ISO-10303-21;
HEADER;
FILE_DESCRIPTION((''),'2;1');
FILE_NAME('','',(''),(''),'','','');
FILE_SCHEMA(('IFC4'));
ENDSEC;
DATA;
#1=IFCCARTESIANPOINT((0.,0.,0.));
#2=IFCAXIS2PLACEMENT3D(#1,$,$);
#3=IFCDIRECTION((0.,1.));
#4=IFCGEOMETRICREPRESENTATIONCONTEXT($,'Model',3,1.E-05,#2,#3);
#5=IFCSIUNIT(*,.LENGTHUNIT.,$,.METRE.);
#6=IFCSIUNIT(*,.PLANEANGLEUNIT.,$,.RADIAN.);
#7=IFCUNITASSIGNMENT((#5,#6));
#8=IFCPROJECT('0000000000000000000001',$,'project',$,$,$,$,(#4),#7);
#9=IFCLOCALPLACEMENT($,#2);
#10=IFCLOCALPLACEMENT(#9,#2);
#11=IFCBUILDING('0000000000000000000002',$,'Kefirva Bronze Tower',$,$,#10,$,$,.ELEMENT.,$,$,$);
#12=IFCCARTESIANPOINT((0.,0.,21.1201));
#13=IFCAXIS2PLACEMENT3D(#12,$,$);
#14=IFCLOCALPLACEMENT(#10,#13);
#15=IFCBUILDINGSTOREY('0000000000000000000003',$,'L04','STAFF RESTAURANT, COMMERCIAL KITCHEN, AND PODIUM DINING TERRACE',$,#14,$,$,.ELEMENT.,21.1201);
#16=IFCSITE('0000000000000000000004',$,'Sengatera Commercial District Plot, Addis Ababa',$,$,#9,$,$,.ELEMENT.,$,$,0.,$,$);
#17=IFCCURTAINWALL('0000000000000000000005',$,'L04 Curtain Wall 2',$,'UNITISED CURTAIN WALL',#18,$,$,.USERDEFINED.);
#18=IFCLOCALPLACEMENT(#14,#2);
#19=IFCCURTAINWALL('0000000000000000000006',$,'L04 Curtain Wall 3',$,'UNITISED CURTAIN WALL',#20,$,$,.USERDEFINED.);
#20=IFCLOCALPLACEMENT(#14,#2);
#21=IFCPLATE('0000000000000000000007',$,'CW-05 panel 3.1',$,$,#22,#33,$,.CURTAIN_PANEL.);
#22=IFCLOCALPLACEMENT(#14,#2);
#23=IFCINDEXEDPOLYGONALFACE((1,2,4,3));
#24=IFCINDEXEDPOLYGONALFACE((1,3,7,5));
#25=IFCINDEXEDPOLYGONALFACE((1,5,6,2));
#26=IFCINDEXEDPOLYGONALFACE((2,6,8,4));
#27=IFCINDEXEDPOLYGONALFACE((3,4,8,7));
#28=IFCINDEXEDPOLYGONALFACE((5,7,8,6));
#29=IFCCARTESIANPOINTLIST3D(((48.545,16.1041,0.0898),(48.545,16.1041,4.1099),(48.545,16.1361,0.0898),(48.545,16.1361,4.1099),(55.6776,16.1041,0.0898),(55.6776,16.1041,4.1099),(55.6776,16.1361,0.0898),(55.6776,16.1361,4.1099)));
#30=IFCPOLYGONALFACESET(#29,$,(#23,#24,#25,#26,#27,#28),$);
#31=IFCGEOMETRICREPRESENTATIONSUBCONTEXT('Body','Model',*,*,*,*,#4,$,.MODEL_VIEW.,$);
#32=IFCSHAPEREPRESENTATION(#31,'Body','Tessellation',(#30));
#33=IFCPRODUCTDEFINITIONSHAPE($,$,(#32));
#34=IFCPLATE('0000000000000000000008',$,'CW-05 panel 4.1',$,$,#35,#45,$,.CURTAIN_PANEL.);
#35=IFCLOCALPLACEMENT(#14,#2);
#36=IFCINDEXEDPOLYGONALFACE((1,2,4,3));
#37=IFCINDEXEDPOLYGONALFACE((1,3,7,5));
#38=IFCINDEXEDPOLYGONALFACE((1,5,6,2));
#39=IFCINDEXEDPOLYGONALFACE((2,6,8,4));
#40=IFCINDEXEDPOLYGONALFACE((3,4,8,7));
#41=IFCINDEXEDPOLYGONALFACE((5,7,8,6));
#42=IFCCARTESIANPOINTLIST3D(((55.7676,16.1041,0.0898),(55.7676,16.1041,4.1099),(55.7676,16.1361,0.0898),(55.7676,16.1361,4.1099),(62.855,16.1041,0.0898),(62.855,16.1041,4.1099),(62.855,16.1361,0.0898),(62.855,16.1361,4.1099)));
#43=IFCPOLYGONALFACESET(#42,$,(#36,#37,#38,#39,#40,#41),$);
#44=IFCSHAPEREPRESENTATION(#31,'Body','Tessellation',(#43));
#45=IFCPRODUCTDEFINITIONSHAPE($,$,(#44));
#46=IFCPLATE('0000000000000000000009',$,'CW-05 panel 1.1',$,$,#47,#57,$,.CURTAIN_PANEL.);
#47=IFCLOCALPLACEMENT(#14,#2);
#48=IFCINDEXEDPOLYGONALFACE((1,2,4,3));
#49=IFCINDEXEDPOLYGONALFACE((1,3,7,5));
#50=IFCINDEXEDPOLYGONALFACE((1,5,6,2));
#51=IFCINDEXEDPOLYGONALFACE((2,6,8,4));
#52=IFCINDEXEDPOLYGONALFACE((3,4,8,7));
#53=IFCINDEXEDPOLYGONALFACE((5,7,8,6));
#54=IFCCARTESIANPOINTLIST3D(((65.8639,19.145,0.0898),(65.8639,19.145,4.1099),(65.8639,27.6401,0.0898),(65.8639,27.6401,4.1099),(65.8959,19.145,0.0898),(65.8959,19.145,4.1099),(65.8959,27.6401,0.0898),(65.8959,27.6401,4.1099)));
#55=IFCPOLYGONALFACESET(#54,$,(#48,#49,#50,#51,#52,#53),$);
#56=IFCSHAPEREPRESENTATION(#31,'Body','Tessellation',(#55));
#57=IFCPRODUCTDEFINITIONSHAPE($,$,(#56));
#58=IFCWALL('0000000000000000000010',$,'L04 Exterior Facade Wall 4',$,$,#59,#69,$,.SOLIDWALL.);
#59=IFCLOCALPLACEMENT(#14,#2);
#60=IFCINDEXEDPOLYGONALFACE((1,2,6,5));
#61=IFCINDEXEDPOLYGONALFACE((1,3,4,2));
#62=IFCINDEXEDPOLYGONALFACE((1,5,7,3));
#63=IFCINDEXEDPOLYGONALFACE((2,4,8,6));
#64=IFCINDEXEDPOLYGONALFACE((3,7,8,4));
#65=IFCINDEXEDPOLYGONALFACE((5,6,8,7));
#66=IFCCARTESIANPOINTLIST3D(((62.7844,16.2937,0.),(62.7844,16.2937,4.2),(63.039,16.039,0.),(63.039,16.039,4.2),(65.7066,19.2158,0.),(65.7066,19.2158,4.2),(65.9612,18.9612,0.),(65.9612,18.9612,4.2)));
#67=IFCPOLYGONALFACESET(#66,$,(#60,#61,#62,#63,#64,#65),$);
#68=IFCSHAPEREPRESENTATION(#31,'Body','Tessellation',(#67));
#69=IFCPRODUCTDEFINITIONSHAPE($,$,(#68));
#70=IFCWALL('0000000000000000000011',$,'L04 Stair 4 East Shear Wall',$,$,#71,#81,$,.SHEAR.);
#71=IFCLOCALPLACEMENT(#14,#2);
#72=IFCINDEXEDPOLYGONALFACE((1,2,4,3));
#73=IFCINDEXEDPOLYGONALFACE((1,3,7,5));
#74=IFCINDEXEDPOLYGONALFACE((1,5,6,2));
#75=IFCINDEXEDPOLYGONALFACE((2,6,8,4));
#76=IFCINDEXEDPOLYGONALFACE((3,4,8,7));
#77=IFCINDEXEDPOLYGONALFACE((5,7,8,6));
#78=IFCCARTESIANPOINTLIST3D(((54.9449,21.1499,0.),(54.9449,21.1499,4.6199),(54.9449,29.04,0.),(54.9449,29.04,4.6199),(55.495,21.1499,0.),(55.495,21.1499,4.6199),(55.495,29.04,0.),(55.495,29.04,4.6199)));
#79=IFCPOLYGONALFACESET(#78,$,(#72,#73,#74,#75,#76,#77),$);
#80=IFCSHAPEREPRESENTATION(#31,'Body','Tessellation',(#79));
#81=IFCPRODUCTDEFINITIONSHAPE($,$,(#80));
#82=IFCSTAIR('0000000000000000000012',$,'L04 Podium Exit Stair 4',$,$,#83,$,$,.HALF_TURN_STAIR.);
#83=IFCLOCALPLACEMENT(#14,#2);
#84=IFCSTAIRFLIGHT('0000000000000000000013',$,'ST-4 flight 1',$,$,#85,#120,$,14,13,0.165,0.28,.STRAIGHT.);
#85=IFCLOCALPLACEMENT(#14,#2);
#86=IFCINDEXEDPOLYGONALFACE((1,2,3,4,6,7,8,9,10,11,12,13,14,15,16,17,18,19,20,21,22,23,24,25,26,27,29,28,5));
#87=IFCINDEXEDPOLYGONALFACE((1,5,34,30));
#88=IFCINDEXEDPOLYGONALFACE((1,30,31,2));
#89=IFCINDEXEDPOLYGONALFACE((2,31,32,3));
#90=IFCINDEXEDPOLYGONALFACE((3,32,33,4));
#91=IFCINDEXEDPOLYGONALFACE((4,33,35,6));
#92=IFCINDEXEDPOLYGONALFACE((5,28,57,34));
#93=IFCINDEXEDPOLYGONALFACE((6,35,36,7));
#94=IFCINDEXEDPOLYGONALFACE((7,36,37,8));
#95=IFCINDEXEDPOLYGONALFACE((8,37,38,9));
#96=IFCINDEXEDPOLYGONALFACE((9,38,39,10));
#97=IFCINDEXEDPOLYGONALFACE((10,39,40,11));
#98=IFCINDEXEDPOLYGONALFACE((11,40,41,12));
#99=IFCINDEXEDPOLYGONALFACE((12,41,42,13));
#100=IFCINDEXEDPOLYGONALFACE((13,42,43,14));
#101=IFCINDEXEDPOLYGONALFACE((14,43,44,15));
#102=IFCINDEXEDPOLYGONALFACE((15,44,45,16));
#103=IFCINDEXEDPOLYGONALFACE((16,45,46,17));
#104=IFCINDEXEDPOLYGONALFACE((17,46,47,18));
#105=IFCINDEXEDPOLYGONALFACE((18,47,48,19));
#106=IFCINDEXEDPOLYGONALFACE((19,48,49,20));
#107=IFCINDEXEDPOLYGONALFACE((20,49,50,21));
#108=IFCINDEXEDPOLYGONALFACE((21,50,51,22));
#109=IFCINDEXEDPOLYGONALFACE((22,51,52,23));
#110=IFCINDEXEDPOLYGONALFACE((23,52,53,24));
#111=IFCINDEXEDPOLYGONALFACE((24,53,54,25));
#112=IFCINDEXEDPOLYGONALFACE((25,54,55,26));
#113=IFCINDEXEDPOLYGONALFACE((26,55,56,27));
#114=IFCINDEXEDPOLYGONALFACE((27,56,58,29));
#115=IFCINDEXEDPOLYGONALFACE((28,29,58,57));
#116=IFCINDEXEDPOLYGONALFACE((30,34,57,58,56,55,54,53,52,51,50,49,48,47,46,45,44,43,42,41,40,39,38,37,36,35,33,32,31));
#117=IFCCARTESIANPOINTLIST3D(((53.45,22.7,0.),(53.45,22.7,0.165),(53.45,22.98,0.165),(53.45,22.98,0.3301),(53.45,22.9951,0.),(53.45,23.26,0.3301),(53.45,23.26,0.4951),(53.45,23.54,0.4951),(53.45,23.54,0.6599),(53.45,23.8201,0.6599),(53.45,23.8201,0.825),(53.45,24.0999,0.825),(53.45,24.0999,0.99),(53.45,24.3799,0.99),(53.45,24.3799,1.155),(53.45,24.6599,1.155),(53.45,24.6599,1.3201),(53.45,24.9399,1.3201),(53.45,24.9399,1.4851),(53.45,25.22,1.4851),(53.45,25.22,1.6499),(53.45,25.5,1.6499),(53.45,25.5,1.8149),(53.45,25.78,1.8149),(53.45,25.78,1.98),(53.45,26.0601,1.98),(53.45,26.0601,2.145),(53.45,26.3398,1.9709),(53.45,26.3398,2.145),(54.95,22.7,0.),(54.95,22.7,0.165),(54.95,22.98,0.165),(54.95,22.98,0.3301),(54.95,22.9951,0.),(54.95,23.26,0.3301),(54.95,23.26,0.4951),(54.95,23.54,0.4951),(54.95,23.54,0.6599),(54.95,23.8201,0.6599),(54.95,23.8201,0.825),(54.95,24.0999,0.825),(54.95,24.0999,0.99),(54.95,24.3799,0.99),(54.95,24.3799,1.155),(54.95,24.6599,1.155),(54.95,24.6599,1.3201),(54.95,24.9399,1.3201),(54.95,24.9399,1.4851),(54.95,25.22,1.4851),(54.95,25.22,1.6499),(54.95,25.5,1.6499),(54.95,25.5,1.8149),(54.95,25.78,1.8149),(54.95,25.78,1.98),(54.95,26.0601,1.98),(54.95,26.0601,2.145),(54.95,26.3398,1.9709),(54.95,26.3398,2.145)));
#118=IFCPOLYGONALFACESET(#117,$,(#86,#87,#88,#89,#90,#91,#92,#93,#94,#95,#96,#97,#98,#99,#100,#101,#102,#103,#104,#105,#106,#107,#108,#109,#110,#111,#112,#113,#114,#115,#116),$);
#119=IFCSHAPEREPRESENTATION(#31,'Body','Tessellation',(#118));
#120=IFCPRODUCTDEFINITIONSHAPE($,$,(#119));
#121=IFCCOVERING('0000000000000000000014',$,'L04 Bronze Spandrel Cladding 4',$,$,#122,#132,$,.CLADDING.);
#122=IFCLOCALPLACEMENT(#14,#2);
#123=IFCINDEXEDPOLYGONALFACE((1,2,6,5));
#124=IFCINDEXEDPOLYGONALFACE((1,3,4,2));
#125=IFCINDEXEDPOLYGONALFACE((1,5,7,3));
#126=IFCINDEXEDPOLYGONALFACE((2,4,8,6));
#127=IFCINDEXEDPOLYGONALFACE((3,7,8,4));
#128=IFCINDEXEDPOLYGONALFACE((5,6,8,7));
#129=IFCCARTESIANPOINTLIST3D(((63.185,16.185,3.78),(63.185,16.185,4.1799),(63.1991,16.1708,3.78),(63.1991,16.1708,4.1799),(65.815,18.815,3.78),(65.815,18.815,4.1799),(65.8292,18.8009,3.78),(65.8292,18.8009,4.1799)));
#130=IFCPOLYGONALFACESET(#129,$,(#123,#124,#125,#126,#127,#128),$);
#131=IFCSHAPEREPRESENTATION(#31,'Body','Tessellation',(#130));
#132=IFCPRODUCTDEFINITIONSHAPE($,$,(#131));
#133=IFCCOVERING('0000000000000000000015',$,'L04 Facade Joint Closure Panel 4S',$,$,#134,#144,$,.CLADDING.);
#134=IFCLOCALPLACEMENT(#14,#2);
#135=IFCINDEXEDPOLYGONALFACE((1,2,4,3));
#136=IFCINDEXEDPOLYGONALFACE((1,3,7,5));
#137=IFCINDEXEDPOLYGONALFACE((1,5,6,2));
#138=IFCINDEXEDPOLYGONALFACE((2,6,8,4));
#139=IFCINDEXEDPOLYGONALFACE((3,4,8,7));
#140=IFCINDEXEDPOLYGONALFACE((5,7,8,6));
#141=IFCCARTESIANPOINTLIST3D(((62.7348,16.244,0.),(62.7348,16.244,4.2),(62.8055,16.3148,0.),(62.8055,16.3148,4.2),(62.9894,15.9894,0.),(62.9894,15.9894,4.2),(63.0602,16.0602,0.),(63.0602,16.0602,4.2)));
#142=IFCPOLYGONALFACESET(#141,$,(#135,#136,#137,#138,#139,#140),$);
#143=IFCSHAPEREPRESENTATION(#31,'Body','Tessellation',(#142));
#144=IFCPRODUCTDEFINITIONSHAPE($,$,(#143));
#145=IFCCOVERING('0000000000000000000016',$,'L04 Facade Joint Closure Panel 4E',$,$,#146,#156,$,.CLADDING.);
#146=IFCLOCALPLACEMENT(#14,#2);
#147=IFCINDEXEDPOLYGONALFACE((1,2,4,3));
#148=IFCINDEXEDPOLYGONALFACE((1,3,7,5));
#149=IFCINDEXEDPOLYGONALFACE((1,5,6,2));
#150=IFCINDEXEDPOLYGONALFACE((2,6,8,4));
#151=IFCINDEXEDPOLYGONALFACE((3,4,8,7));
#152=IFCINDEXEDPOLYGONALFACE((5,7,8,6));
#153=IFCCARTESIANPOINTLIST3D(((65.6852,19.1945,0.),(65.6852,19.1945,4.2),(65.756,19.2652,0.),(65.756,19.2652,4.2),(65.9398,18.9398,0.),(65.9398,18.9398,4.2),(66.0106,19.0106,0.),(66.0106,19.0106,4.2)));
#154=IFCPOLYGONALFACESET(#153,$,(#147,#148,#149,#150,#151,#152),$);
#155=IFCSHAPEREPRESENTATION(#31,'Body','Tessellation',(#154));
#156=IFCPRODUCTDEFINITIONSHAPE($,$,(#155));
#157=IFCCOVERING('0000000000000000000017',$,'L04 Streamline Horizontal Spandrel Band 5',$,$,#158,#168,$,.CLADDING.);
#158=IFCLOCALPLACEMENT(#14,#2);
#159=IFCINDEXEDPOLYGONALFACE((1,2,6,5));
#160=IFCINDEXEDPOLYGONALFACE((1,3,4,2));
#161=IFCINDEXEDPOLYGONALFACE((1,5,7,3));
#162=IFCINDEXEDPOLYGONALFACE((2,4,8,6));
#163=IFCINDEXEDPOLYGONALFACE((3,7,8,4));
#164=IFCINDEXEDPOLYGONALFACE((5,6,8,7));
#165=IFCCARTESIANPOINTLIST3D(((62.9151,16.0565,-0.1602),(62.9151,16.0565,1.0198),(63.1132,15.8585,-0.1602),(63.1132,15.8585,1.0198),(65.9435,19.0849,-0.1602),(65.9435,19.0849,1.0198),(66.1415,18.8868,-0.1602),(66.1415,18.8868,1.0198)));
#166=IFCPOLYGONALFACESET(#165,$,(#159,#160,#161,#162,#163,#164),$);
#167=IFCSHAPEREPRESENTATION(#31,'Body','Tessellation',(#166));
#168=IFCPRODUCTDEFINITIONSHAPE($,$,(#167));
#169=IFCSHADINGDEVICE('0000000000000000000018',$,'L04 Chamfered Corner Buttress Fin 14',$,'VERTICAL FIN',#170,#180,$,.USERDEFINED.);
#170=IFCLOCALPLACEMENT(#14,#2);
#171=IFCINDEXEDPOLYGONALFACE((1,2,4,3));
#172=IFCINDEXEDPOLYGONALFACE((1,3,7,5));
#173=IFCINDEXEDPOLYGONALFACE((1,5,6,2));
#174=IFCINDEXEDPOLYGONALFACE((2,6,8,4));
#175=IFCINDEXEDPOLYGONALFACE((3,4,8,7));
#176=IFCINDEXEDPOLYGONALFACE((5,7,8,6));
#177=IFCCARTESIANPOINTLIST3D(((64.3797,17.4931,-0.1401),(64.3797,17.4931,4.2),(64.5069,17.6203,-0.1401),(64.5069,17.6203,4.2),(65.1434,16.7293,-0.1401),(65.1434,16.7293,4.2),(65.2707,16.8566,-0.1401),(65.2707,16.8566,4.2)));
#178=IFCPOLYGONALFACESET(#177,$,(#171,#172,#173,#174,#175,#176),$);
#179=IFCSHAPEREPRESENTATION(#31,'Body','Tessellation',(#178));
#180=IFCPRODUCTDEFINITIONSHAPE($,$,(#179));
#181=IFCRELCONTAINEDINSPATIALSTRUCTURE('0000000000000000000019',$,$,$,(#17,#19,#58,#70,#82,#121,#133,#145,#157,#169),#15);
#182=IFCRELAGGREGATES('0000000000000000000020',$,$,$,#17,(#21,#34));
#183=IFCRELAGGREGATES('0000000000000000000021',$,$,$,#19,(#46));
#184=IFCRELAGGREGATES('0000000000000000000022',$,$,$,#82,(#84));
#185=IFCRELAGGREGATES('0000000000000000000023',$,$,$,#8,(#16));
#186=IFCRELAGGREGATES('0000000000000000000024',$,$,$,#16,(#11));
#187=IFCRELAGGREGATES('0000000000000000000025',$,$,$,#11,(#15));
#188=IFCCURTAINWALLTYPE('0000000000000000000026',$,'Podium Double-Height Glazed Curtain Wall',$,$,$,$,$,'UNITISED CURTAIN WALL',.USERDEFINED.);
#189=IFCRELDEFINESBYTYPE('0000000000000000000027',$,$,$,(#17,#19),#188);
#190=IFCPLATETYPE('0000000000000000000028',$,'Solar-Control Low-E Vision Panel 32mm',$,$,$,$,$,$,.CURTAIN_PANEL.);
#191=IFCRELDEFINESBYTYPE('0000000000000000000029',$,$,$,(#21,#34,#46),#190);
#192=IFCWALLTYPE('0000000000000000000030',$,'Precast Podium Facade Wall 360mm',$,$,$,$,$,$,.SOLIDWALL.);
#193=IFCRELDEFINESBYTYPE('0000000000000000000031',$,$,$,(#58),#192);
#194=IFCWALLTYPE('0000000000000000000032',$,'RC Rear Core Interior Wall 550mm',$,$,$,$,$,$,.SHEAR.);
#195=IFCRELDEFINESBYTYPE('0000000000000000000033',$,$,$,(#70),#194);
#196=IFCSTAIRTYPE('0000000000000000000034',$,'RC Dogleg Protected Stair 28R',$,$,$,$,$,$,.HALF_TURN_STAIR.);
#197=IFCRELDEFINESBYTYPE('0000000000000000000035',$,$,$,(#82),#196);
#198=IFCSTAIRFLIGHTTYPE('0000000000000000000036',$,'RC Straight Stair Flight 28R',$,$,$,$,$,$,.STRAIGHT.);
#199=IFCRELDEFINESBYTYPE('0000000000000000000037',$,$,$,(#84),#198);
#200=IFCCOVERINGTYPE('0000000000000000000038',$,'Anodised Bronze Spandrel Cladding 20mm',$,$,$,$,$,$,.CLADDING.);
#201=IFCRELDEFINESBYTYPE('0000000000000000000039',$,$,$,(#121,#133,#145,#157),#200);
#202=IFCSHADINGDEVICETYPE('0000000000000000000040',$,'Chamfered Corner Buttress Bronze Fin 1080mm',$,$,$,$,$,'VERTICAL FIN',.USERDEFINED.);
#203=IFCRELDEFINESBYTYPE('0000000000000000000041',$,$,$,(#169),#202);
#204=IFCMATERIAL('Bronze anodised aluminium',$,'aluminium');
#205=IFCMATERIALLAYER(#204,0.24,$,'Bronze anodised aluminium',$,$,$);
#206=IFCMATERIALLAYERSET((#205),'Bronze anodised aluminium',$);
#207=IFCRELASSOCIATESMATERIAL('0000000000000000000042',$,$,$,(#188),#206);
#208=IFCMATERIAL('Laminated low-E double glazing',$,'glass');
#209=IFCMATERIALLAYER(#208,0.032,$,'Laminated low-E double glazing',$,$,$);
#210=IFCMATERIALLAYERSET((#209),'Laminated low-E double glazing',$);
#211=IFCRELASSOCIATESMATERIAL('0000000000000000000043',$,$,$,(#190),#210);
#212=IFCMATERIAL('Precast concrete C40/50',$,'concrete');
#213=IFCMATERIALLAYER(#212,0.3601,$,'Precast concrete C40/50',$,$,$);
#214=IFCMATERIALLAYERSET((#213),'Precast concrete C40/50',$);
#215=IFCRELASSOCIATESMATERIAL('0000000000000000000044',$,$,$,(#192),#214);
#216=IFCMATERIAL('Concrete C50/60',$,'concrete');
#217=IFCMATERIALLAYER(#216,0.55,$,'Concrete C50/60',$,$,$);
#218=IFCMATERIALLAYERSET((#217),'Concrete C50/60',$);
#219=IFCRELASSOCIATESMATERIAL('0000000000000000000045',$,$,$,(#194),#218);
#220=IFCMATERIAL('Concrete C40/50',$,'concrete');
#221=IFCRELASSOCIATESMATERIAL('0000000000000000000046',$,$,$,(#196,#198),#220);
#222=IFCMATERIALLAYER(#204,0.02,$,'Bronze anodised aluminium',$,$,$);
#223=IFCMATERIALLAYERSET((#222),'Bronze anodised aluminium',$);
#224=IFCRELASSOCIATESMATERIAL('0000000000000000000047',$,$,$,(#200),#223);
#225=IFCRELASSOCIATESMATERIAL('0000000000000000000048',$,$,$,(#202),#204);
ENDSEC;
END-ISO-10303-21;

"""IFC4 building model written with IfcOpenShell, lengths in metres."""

from ifc_helpers import new_model, si_unit, direction, frame, frame_2d, origin, origin_2d, place, context, subcontext, project, spatial, polyline, rectangle, outline, extrude, material, layer, layer_set, material_profile, profile_set, type_object, element, aggregate, save


model = new_model("IFC4")

# Units and contexts
model_context = context("Model", 3, precision=1e-05, world=origin(), true_north=direction((0.0, 1.0)))
body_context = subcontext(model_context, "Body", "Model", "MODEL_VIEW")
ifc_project = project(units=[si_unit("LENGTHUNIT", "METRE"), si_unit("PLANEANGLEUNIT", "RADIAN")], contexts=[model_context])

# Site, building, storey
site_placement = place(None, origin())
site = spatial("IfcSite", under=ifc_project, at=site_placement, Name="Sengatera Commercial District Plot, Addis Ababa", CompositionType="ELEMENT", RefElevation=0.0)
building_placement = place(site_placement, origin())
building = spatial("IfcBuilding", under=site, at=building_placement, Name="Kefirva Bronze Tower", CompositionType="ELEMENT")
storey_placement = place(building_placement, frame((0.0, 0.0, 21.1201)))
storey = spatial("IfcBuildingStorey", under=building, at=storey_placement, Name="L04", Description="STAFF RESTAURANT, COMMERCIAL KITCHEN, AND PODIUM DINING TERRACE", CompositionType="ELEMENT", Elevation=21.1201)

# Curtain wall
ifc_material_1 = material(Name="Bronze anodised aluminium", Category="aluminium")
ifc_layer_1 = layer(ifc_material_1, 0.24, Name="Bronze anodised aluminium")
ifc_layer_set_1 = layer_set([ifc_layer_1], Name="Bronze anodised aluminium")
curtain_wall_type = type_object("IfcCurtainWallType", Name="Podium Double-Height Glazed Curtain Wall", ElementType="UNITISED CURTAIN WALL", PredefinedType="USERDEFINED", material=ifc_layer_set_1)
curtain_wall_1_placement = place(storey_placement, origin())
curtain_wall_1 = element("IfcCurtainWall", 1, at=curtain_wall_1_placement, inside=storey, type_object=curtain_wall_type, Name="L04 Curtain Wall 2", ObjectType="UNITISED CURTAIN WALL", PredefinedType="USERDEFINED")

# Curtain wall
curtain_wall_2_placement = place(storey_placement, origin())
curtain_wall_2 = element("IfcCurtainWall", 2, at=curtain_wall_2_placement, inside=storey, type_object=curtain_wall_type, Name="L04 Curtain Wall 3", ObjectType="UNITISED CURTAIN WALL", PredefinedType="USERDEFINED")

# Shared definitions
ifc_material_2 = material(Name="Concrete C50/60", Category="concrete")

# Plates
ifc_material_3 = material(Name="Laminated low-E double glazing", Category="glass")
ifc_layer_2 = layer(ifc_material_3, 0.032, Name="Laminated low-E double glazing")
ifc_layer_set_2 = layer_set([ifc_layer_2], Name="Laminated low-E double glazing")
plate_type = type_object("IfcPlateType", Name="Solar-Control Low-E Vision Panel 32mm", PredefinedType="CURTAIN_PANEL", material=ifc_layer_set_2)
plate_1_placement = place(storey_placement, frame((52.1113, 16.1201, 0.0898), z_axis=(0.0, 0.0, 1.0), x_axis=(1.0, 0.0, 0.0)))
plate_1 = element("IfcPlate", 3, at=plate_1_placement, type_object=plate_type, Name="CW-05 panel 3.1", PredefinedType="CURTAIN_PANEL", context=body_context, shape_type="SweptSolid", body=[
    extrude(rectangle(XDim=7.1326, YDim=0.032, at=origin_2d()), origin(), (0.0, 0.0, 1.0), 4.02),
])
plate_2_placement = place(storey_placement, frame((59.3113, 16.1201, 0.0898), z_axis=(0.0, 0.0, 1.0), x_axis=(1.0, 0.0, 0.0)))
plate_2 = element("IfcPlate", 4, at=plate_2_placement, type_object=plate_type, Name="CW-05 panel 4.1", PredefinedType="CURTAIN_PANEL", context=body_context, shape_type="SweptSolid", body=[
    extrude(rectangle(XDim=7.0874, YDim=0.032, at=origin_2d()), origin(), (0.0, 0.0, 1.0), 4.02),
])
aggregate(curtain_wall_1, [plate_1, plate_2])
plate_3_placement = place(storey_placement, frame((65.8799, 23.3926, 0.0898), z_axis=(0.0, 0.0, 1.0), x_axis=(0.0, 1.0, 0.0)))
plate_3 = element("IfcPlate", 5, at=plate_3_placement, type_object=plate_type, Name="CW-05 panel 1.1", PredefinedType="CURTAIN_PANEL", context=body_context, shape_type="SweptSolid", body=[
    extrude(rectangle(XDim=8.4951, YDim=0.032, at=origin_2d()), origin(), (0.0, 0.0, 1.0), 4.02),
])
aggregate(curtain_wall_2, [plate_3])

# Walls
ifc_material_4 = material(Name="Precast concrete C40/50", Category="concrete")
ifc_layer_3 = layer(ifc_material_4, 0.3601, Name="Precast concrete C40/50")
ifc_layer_set_3 = layer_set([ifc_layer_3], Name="Precast concrete C40/50")
wall_type_1 = type_object("IfcWallType", Name="Precast Podium Facade Wall 360mm", PredefinedType="SOLIDWALL", material=ifc_layer_set_3)
wall_1_placement = place(storey_placement, frame((62.9116, 16.1663, 0.0), z_axis=(0.0, 0.0, 1.0), x_axis=(0.707107, 0.707107, 0.0)))
element("IfcWall", 6, at=wall_1_placement, inside=storey, type_object=wall_type_1, Name="L04 Exterior Facade Wall 4", PredefinedType="SOLIDWALL", context=body_context, shape_type="SweptSolid", body=[
    extrude(rectangle(XDim=4.1326, YDim=0.3601, at=frame_2d((2.0664, 0.0))), origin(), (0.0, 0.0, 1.0), 4.2),
])
ifc_layer_4 = layer(ifc_material_2, 0.55, Name="Concrete C50/60")
ifc_layer_set_4 = layer_set([ifc_layer_4], Name="Concrete C50/60")
wall_type_2 = type_object("IfcWallType", Name="RC Rear Core Interior Wall 550mm", PredefinedType="SHEAR", material=ifc_layer_set_4)
wall_2_placement = place(storey_placement, frame((55.22, 21.1499, 0.0), z_axis=(0.0, 0.0, 1.0), x_axis=(0.0, 1.0, 0.0)))
element("IfcWall", 7, at=wall_2_placement, inside=storey, type_object=wall_type_2, Name="L04 Stair 4 East Shear Wall", PredefinedType="SHEAR", context=body_context, shape_type="SweptSolid", body=[
    extrude(rectangle(XDim=7.8901, YDim=0.55, at=frame_2d((3.9451, 0.0))), origin(), (0.0, 0.0, 1.0), 4.6199),
])

# Stair, stair flight
ifc_material_5 = material(Name="Concrete C40/50", Category="concrete")
stair_type = type_object("IfcStairType", Name="RC Dogleg Protected Stair 28R", PredefinedType="HALF_TURN_STAIR", material=ifc_material_5)
stair_placement = place(storey_placement, origin())
stair = element("IfcStair", 8, at=stair_placement, inside=storey, type_object=stair_type, Name="L04 Podium Exit Stair 4", PredefinedType="HALF_TURN_STAIR")
stair_flight_type = type_object("IfcStairFlightType", Name="RC Straight Stair Flight 28R", PredefinedType="STRAIGHT", material=ifc_material_5)
stair_flight_placement = place(storey_placement, frame((54.2, 22.7, 0.0), z_axis=(0.0, 0.0, 1.0), x_axis=(0.0, 1.0, 0.0)))
stair_flight = element("IfcStairFlight", 9, at=stair_flight_placement, type_object=stair_flight_type, Name="ST-4 flight 1", NumberOfRisers=14, NumberOfTreads=13, PredefinedType="STRAIGHT", RiserHeight=0.165, TreadLength=0.28, context=body_context, shape_type="SweptSolid", body=[
    extrude(outline(polyline([(0.0, 0.0), (0.0, 0.165), (0.28, 0.165), (0.28, 0.3301), (0.5601, 0.3301), (0.5601, 0.4951), (0.8401, 0.4951), (0.8401, 0.6599), (1.1201, 0.6599), (1.1201, 0.825), (1.3999, 0.825), (1.3999, 0.99), (1.6799, 0.99), (1.6799, 1.155), (1.96, 1.155), (1.96, 1.3201), (2.24, 1.3201), (2.24, 1.4851), (2.52, 1.4851), (2.52, 1.6499), (2.8, 1.6499), (2.8, 1.8149), (3.0801, 1.8149), (3.0801, 1.98), (3.3601, 1.98), (3.3601, 2.145), (3.6399, 2.145), (3.6399, 2.3101), (3.6399, 1.9709), (0.2952, 0.0), (0.0, 0.0)])), frame((0.0, 0.75, 0.0), z_axis=(0.0, -1.0, 0.0), x_axis=(1.0, 0.0, 0.0)), (0.0, 0.0, 1.0), 1.5),
])
aggregate(stair, [stair_flight])

# Coverings
ifc_layer_5 = layer(ifc_material_1, 0.02, Name="Bronze anodised aluminium")
ifc_layer_set_5 = layer_set([ifc_layer_5], Name="Bronze anodised aluminium")
covering_type_1 = type_object("IfcCoveringType", Name="Anodised Bronze Spandrel Cladding 20mm", PredefinedType="CLADDING", material=ifc_layer_set_5)
covering_1_placement = place(storey_placement, frame((64.5071, 17.4929, 3.78), z_axis=(0.0, 0.0, 1.0), x_axis=(0.707107, 0.707107, 0.0)))
element("IfcCovering", 10, at=covering_1_placement, inside=storey, type_object=covering_type_1, Name="L04 Bronze Spandrel Cladding 4", PredefinedType="CLADDING", context=body_context, shape_type="SweptSolid", body=[
    extrude(rectangle(XDim=3.7195, YDim=0.02, at=origin_2d()), origin(), (0.0, 0.0, 1.0), 0.3999),
])
for number, where, z_axis, x_axis, name in (
    (11, (62.8975, 16.1521, 0.0), (0.0, 0.0, 1.0), (0.707107, 0.707107, 0.0), "L04 Facade Joint Closure Panel 4S"),
    (12, (65.8479, 19.1025, 0.0), (0.0, 0.0, 1.0), (0.707107, 0.707107, 0.0), "L04 Facade Joint Closure Panel 4E"),
):
    element("IfcCovering", number, at=place(storey_placement, frame(where, z_axis=z_axis, x_axis=x_axis)), inside=storey, type_object=covering_type_1, Name=name, PredefinedType="CLADDING", context=body_context, shape_type="SweptSolid", body=[
        extrude(rectangle(XDim=0.1001, YDim=0.3601, at=origin_2d()), origin(), (0.0, 0.0, 1.0), 4.2),
    ])
covering_2_placement = place(storey_placement, frame((64.5283, 17.4717, -0.1602), z_axis=(0.0, 0.0, 1.0), x_axis=(0.707107, 0.707107, 0.0)))
element("IfcCovering", 13, at=covering_2_placement, inside=storey, type_object=covering_type_1, Name="L04 Streamline Horizontal Spandrel Band 5", PredefinedType="CLADDING", context=body_context, shape_type="SweptSolid", body=[
    extrude(rectangle(XDim=4.2827, YDim=0.28, at=origin_2d()), origin(), (0.0, 0.0, 1.0), 1.1799),
])

# Shading device
ifc_material_profile_1 = material_profile(ifc_material_1, rectangle(XDim=0.1799, YDim=1.0801, at=origin_2d()), Name="BRONZE BUTTRESS FIN 180x1080")
ifc_profile_set_1 = profile_set([ifc_material_profile_1], Name="Bronze anodised aluminium")
shading_device_type_1 = type_object("IfcShadingDeviceType", Name="Chamfered Corner Buttress Bronze Fin 1080mm", ElementType="VERTICAL FIN", PredefinedType="USERDEFINED", material=ifc_profile_set_1)
shading_device_1_placement = place(storey_placement, frame((64.8252, 17.1748, -0.1401), z_axis=(0.0, 0.0, 1.0), x_axis=(0.707107, 0.707107, 0.0)))
element("IfcShadingDevice", 14, at=shading_device_1_placement, inside=storey, type_object=shading_device_type_1, Name="L04 Chamfered Corner Buttress Fin 14", ObjectType="VERTICAL FIN", PredefinedType="USERDEFINED", context=body_context, shape_type="SweptSolid", body=[
    extrude(rectangle(XDim=0.1799, YDim=1.0801, at=origin_2d()), origin(), (0.0, 0.0, 1.0), 4.3401),
])

save(model, "model.ifc")
